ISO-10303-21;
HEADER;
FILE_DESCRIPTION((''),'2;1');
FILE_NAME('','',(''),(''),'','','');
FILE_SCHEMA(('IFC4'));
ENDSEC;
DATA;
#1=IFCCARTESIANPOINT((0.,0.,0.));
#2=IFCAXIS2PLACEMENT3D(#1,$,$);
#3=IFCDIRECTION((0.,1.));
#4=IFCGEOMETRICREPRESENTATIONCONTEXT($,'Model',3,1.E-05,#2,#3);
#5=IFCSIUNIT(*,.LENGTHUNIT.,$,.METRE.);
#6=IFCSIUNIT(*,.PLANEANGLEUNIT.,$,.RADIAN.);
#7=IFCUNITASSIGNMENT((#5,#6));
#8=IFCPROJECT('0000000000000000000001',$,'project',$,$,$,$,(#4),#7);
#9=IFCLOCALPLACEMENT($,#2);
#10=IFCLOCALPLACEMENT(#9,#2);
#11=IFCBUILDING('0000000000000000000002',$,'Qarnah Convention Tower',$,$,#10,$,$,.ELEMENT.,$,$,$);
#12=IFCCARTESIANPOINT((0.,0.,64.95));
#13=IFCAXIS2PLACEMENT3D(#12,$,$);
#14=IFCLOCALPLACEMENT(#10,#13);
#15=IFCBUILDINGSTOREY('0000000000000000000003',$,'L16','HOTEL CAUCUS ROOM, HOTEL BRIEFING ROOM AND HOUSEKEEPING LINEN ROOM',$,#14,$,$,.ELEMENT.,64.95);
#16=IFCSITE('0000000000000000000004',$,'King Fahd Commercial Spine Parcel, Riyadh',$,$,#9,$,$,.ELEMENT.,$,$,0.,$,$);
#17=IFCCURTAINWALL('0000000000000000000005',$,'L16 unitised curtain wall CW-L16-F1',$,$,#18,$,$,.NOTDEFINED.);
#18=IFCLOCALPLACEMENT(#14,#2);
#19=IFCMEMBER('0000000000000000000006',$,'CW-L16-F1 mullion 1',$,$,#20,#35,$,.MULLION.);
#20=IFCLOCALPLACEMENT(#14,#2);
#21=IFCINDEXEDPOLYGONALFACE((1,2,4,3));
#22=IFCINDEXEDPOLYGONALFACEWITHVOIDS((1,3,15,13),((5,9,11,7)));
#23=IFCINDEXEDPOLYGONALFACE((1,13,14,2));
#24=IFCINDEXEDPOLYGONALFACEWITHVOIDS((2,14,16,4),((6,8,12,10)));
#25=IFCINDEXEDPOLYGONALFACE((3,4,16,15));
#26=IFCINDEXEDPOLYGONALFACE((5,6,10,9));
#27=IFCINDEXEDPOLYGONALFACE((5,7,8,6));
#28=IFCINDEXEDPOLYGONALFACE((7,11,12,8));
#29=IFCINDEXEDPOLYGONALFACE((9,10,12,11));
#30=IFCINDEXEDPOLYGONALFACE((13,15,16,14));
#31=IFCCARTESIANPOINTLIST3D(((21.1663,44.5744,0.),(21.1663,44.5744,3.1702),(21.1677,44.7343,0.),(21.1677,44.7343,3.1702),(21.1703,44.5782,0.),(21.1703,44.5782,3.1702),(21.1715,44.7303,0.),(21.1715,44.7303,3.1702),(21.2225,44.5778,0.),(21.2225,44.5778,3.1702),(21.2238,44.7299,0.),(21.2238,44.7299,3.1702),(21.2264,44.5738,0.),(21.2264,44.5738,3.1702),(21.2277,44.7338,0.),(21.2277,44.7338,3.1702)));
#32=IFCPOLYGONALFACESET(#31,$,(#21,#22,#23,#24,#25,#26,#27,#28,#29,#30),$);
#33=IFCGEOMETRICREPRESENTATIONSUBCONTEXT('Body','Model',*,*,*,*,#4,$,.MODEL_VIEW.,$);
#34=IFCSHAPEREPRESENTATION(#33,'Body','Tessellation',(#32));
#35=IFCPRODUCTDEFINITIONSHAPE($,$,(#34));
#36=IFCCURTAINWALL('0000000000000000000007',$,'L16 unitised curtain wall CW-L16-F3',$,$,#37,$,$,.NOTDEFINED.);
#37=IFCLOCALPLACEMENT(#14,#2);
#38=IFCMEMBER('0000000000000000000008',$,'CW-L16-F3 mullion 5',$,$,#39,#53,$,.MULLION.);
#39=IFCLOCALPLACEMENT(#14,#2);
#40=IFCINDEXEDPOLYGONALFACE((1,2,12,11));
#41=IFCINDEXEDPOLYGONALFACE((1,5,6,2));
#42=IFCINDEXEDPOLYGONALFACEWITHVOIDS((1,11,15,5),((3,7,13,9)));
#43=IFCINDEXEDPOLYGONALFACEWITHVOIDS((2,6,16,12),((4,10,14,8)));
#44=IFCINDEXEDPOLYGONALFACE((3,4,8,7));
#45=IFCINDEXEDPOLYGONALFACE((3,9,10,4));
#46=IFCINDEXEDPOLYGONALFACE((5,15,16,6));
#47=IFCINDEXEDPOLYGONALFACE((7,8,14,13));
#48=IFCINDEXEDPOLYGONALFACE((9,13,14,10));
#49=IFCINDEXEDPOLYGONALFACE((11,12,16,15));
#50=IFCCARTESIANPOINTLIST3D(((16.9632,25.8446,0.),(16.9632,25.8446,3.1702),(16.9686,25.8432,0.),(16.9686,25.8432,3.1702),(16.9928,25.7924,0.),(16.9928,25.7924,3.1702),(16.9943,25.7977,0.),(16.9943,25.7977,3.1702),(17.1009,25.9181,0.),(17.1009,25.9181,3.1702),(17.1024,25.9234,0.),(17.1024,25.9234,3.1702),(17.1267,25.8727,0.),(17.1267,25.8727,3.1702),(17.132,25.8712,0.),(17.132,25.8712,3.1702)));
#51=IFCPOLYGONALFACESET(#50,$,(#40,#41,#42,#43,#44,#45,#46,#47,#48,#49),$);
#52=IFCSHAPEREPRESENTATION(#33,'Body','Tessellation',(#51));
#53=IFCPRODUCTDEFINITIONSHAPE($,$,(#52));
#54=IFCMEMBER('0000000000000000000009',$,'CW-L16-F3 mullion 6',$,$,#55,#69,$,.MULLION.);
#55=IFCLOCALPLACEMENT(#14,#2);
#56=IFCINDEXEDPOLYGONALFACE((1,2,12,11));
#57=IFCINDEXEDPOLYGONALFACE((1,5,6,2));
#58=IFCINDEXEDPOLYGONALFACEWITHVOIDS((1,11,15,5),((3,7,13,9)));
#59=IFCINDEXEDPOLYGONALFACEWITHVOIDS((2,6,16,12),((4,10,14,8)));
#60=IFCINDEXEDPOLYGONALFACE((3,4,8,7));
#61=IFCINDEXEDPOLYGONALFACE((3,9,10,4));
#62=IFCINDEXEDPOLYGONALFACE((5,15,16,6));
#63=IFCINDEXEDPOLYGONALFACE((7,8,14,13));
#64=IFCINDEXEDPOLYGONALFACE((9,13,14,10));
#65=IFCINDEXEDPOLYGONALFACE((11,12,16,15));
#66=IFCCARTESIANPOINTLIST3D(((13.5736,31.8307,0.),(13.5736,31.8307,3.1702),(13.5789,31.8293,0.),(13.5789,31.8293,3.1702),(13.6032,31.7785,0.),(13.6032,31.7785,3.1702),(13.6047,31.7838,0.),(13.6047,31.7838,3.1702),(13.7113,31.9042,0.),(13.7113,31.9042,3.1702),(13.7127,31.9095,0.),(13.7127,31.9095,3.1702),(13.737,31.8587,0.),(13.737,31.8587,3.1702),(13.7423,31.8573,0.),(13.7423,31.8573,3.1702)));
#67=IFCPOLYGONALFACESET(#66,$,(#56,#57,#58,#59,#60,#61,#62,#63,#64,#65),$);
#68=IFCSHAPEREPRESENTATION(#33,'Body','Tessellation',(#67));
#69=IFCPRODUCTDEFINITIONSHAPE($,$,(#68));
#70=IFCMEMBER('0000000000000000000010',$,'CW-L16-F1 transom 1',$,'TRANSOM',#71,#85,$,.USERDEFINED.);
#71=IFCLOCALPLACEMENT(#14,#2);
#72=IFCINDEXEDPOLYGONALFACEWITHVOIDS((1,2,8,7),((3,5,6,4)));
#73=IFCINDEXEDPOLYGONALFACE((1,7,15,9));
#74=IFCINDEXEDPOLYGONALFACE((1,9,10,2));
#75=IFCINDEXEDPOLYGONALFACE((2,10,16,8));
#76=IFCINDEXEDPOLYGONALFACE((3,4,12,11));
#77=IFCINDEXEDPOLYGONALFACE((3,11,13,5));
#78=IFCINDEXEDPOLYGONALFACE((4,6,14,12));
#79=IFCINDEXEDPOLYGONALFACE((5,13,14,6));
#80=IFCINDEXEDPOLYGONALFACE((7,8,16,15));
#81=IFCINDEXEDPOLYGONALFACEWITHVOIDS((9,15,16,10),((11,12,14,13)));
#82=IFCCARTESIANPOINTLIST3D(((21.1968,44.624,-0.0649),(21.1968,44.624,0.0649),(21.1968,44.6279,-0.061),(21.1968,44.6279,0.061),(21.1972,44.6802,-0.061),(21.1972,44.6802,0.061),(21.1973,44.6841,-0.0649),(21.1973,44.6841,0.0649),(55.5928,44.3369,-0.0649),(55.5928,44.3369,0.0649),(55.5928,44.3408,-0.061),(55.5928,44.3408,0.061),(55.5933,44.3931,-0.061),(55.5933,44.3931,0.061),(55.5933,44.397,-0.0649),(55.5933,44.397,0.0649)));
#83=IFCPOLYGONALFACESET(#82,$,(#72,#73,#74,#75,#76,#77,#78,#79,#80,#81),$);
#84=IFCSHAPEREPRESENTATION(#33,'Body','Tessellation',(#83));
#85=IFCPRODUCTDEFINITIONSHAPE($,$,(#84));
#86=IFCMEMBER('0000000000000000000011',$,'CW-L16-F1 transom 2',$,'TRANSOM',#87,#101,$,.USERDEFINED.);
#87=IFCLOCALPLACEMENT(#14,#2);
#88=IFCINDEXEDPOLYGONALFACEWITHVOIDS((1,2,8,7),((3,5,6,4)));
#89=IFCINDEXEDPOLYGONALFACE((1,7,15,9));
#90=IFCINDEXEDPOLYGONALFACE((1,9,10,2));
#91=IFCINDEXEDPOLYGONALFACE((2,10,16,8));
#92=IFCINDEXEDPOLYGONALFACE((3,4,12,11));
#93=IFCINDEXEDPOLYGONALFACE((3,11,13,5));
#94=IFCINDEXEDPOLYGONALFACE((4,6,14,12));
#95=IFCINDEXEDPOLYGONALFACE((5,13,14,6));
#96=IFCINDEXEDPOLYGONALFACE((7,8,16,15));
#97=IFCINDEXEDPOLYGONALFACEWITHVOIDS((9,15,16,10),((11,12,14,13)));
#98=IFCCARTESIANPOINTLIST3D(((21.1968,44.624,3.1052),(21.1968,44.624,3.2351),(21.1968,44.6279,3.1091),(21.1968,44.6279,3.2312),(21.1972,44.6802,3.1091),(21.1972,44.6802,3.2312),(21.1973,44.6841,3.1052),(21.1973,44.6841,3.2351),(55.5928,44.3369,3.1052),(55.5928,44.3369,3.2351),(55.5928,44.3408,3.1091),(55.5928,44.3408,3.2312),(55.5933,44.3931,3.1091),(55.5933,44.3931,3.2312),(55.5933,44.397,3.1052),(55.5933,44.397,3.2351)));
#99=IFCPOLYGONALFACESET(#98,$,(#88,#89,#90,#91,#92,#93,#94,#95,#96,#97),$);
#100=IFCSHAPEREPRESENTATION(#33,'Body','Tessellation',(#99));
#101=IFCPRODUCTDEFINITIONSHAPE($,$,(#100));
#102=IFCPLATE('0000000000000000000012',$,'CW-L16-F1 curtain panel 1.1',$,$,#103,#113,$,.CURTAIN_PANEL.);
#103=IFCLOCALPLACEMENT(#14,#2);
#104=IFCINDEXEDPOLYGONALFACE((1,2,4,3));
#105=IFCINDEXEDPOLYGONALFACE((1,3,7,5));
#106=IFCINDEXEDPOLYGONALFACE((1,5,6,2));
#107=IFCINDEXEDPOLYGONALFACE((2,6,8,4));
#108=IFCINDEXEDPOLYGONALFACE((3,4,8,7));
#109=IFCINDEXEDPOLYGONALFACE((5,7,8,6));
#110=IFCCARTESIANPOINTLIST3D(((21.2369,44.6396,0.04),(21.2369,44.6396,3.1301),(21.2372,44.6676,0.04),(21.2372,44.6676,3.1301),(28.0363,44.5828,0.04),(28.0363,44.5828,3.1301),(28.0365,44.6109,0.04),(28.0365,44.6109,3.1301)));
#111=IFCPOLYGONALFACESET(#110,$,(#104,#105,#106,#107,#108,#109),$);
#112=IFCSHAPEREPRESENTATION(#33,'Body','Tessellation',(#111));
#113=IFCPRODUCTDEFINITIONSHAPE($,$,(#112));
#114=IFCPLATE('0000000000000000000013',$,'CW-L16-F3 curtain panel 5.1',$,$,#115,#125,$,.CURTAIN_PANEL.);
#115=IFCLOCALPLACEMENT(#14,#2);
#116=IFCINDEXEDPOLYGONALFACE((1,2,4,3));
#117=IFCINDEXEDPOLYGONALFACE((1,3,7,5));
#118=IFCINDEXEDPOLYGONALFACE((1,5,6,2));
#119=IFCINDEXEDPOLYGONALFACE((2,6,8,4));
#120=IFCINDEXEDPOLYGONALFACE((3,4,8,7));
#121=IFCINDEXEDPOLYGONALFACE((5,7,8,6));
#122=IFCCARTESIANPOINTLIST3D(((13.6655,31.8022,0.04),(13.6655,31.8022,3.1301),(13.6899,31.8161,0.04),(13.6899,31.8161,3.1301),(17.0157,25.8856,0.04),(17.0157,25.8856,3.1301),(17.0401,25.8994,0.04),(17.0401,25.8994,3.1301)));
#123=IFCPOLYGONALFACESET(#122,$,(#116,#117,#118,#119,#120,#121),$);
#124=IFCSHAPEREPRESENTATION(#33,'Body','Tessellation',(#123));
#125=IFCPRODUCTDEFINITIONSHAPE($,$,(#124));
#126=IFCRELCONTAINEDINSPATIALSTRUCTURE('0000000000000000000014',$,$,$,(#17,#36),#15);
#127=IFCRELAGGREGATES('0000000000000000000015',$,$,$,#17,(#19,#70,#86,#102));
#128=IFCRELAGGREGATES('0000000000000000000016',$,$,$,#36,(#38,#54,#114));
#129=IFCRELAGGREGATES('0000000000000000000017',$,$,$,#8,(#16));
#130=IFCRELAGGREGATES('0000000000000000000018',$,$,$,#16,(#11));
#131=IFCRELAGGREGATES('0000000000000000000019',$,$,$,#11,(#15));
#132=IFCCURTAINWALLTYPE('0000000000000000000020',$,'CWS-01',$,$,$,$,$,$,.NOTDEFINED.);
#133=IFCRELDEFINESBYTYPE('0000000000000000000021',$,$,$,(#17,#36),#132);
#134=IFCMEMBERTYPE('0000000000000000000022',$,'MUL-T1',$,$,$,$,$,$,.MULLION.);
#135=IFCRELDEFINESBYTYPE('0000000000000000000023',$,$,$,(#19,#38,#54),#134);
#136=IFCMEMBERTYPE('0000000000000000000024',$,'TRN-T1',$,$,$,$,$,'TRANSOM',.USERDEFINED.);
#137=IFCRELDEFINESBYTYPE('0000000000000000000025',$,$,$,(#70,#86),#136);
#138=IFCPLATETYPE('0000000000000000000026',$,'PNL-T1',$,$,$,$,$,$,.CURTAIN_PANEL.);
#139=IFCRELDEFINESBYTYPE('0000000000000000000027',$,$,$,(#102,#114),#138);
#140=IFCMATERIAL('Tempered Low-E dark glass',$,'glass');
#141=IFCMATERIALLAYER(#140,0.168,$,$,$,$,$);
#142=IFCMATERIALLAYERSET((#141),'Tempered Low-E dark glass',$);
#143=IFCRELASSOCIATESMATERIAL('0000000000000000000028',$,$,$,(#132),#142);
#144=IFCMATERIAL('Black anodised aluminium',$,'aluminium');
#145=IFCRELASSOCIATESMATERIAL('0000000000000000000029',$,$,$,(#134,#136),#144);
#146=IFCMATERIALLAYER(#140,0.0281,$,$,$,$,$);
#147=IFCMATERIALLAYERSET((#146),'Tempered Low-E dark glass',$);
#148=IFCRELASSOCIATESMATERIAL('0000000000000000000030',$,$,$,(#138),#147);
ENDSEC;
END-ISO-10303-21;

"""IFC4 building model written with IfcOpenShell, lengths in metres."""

from ifc_helpers import new_model, si_unit, direction, frame, origin, origin_2d, place, context, subcontext, project, spatial, rectangle, hollow_rectangle, extrude, material, layer, layer_set, material_profile, profile_set, type_object, element, aggregate, save


model = new_model("IFC4")

# Units and contexts
model_context = context("Model", 3, precision=1e-05, world=origin(), true_north=direction((0.0, 1.0)))
body_context = subcontext(model_context, "Body", "Model", "MODEL_VIEW")
ifc_project = project(units=[si_unit("LENGTHUNIT", "METRE"), si_unit("PLANEANGLEUNIT", "RADIAN")], contexts=[model_context])

# Site, building, storey
site_placement = place(None, origin())
site = spatial("IfcSite", under=ifc_project, at=site_placement, Name="King Fahd Commercial Spine Parcel, Riyadh", CompositionType="ELEMENT", RefElevation=0.0)
building_placement = place(site_placement, origin())
building = spatial("IfcBuilding", under=site, at=building_placement, Name="Qarnah Convention Tower", CompositionType="ELEMENT")
storey_placement = place(building_placement, frame((0.0, 0.0, 64.95)))
storey = spatial("IfcBuildingStorey", under=building, at=storey_placement, Name="L16", Description="HOTEL CAUCUS ROOM, HOTEL BRIEFING ROOM AND HOUSEKEEPING LINEN ROOM", CompositionType="ELEMENT", Elevation=64.95)

# Curtain wall, member
ifc_material_1 = material(Name="Tempered Low-E dark glass", Category="glass")
ifc_layer_1 = layer(ifc_material_1, 0.168)
ifc_layer_set_1 = layer_set([ifc_layer_1], Name="Tempered Low-E dark glass")
curtain_wall_type = type_object("IfcCurtainWallType", Name="CWS-01", PredefinedType="NOTDEFINED", material=ifc_layer_set_1)
curtain_wall_1_placement = place(storey_placement, origin())
curtain_wall_1 = element("IfcCurtainWall", 1, at=curtain_wall_1_placement, inside=storey, type_object=curtain_wall_type, Name="L16 unitised curtain wall CW-L16-F1", PredefinedType="NOTDEFINED")
ifc_material_2 = material(Name="Black anodised aluminium", Category="aluminium")
ifc_material_profile_1 = material_profile(ifc_material_2, hollow_rectangle(XDim=0.0601, YDim=0.1599, WallThickness=0.0039, at=origin_2d()), Name="MUL-60X160")
ifc_profile_set_1 = profile_set([ifc_material_profile_1], Name="Black anodised aluminium")
member_type_1 = type_object("IfcMemberType", Name="MUL-T1", PredefinedType="MULLION", material=ifc_profile_set_1)
member_1_placement = place(storey_placement, frame((21.197, 44.6541, 0.0), z_axis=(0.0, 0.0, 1.0), x_axis=(0.999965, -0.008344, 0.0)))
member_1 = element("IfcMember", 2, at=member_1_placement, type_object=member_type_1, Name="CW-L16-F1 mullion 1", PredefinedType="MULLION", context=body_context, shape_type="SweptSolid", body=[
    extrude(hollow_rectangle(XDim=0.0601, YDim=0.1599, WallThickness=0.0039, at=origin_2d()), origin(), (0.0, 0.0, 1.0), 3.1702),
])

# Curtain wall, members
curtain_wall_2_placement = place(storey_placement, origin())
curtain_wall_2 = element("IfcCurtainWall", 3, at=curtain_wall_2_placement, inside=storey, type_object=curtain_wall_type, Name="L16 unitised curtain wall CW-L16-F3", PredefinedType="NOTDEFINED")
member_2_placement = place(storey_placement, frame((17.0476, 25.8579, 0.0), z_axis=(0.0, 0.0, 1.0), x_axis=(-0.492729, 0.870183, 0.0)))
member_2 = element("IfcMember", 4, at=member_2_placement, type_object=member_type_1, Name="CW-L16-F3 mullion 5", PredefinedType="MULLION", context=body_context, shape_type="SweptSolid", body=[
    extrude(hollow_rectangle(XDim=0.0601, YDim=0.1599, WallThickness=0.0039, at=origin_2d()), origin(), (0.0, 0.0, 1.0), 3.1702),
])
member_3_placement = place(storey_placement, frame((13.658, 31.844, 0.0), z_axis=(0.0, 0.0, 1.0), x_axis=(-0.492729, 0.870183, 0.0)))
member_3 = element("IfcMember", 5, at=member_3_placement, type_object=member_type_1, Name="CW-L16-F3 mullion 6", PredefinedType="MULLION", context=body_context, shape_type="SweptSolid", body=[
    extrude(hollow_rectangle(XDim=0.0601, YDim=0.1599, WallThickness=0.0039, at=origin_2d()), origin(), (0.0, 0.0, 1.0), 3.1702),
])

# Members
ifc_material_profile_2 = material_profile(ifc_material_2, hollow_rectangle(XDim=0.0601, YDim=0.1299, WallThickness=0.0039, at=origin_2d()), Name="TRN-60X130")
ifc_profile_set_2 = profile_set([ifc_material_profile_2], Name="Black anodised aluminium")
member_type_2 = type_object("IfcMemberType", Name="TRN-T1", ElementType="TRANSOM", PredefinedType="USERDEFINED", material=ifc_profile_set_2)
member_4_placement = place(storey_placement, frame((21.197, 44.6541, 0.0), z_axis=(0.999965, -0.008347, 0.0), x_axis=(0.008347, 0.999965, 0.0)))
member_4 = element("IfcMember", 6, at=member_4_placement, type_object=member_type_2, Name="CW-L16-F1 transom 1", ObjectType="TRANSOM", PredefinedType="USERDEFINED", context=body_context, shape_type="SweptSolid", body=[
    extrude(hollow_rectangle(XDim=0.0601, YDim=0.1299, WallThickness=0.0039, at=origin_2d()), origin(), (0.0, 0.0, 1.0), 34.3972),
])
member_5_placement = place(storey_placement, frame((21.197, 44.6541, 3.1702), z_axis=(0.999965, -0.008347, 0.0), x_axis=(0.008347, 0.999965, 0.0)))
member_5 = element("IfcMember", 7, at=member_5_placement, type_object=member_type_2, Name="CW-L16-F1 transom 2", ObjectType="TRANSOM", PredefinedType="USERDEFINED", context=body_context, shape_type="SweptSolid", body=[
    extrude(hollow_rectangle(XDim=0.0601, YDim=0.1299, WallThickness=0.0039, at=origin_2d()), origin(), (0.0, 0.0, 1.0), 34.3972),
])

# Plates
ifc_layer_2 = layer(ifc_material_1, 0.0281)
ifc_layer_set_2 = layer_set([ifc_layer_2], Name="Tempered Low-E dark glass")
plate_type = type_object("IfcPlateType", Name="PNL-T1", PredefinedType="CURTAIN_PANEL", material=ifc_layer_set_2)
plate_1_placement = place(storey_placement, frame((24.6367, 44.6252, 0.04), z_axis=(0.0, 0.0, 1.0), x_axis=(0.999965, -0.008344, 0.0)))
plate_1 = element("IfcPlate", 8, at=plate_1_placement, type_object=plate_type, Name="CW-L16-F1 curtain panel 1.1", PredefinedType="CURTAIN_PANEL", context=body_context, shape_type="SweptSolid", body=[
    extrude(rectangle(XDim=6.7996, YDim=0.0281, at=origin_2d()), origin(), (0.0, 0.0, 1.0), 3.0901),
])
aggregate(curtain_wall_1, [member_1, member_4, member_5, plate_1])
plate_2_placement = place(storey_placement, frame((15.3528, 28.8508, 0.04), z_axis=(0.0, 0.0, 1.0), x_axis=(-0.492729, 0.870183, 0.0)))
plate_2 = element("IfcPlate", 9, at=plate_2_placement, type_object=plate_type, Name="CW-L16-F3 curtain panel 5.1", PredefinedType="CURTAIN_PANEL", context=body_context, shape_type="SweptSolid", body=[
    extrude(rectangle(XDim=6.7993, YDim=0.0281, at=origin_2d()), origin(), (0.0, 0.0, 1.0), 3.0901),
])
aggregate(curtain_wall_2, [member_2, member_3, plate_2])

save(model, "model.ifc")
